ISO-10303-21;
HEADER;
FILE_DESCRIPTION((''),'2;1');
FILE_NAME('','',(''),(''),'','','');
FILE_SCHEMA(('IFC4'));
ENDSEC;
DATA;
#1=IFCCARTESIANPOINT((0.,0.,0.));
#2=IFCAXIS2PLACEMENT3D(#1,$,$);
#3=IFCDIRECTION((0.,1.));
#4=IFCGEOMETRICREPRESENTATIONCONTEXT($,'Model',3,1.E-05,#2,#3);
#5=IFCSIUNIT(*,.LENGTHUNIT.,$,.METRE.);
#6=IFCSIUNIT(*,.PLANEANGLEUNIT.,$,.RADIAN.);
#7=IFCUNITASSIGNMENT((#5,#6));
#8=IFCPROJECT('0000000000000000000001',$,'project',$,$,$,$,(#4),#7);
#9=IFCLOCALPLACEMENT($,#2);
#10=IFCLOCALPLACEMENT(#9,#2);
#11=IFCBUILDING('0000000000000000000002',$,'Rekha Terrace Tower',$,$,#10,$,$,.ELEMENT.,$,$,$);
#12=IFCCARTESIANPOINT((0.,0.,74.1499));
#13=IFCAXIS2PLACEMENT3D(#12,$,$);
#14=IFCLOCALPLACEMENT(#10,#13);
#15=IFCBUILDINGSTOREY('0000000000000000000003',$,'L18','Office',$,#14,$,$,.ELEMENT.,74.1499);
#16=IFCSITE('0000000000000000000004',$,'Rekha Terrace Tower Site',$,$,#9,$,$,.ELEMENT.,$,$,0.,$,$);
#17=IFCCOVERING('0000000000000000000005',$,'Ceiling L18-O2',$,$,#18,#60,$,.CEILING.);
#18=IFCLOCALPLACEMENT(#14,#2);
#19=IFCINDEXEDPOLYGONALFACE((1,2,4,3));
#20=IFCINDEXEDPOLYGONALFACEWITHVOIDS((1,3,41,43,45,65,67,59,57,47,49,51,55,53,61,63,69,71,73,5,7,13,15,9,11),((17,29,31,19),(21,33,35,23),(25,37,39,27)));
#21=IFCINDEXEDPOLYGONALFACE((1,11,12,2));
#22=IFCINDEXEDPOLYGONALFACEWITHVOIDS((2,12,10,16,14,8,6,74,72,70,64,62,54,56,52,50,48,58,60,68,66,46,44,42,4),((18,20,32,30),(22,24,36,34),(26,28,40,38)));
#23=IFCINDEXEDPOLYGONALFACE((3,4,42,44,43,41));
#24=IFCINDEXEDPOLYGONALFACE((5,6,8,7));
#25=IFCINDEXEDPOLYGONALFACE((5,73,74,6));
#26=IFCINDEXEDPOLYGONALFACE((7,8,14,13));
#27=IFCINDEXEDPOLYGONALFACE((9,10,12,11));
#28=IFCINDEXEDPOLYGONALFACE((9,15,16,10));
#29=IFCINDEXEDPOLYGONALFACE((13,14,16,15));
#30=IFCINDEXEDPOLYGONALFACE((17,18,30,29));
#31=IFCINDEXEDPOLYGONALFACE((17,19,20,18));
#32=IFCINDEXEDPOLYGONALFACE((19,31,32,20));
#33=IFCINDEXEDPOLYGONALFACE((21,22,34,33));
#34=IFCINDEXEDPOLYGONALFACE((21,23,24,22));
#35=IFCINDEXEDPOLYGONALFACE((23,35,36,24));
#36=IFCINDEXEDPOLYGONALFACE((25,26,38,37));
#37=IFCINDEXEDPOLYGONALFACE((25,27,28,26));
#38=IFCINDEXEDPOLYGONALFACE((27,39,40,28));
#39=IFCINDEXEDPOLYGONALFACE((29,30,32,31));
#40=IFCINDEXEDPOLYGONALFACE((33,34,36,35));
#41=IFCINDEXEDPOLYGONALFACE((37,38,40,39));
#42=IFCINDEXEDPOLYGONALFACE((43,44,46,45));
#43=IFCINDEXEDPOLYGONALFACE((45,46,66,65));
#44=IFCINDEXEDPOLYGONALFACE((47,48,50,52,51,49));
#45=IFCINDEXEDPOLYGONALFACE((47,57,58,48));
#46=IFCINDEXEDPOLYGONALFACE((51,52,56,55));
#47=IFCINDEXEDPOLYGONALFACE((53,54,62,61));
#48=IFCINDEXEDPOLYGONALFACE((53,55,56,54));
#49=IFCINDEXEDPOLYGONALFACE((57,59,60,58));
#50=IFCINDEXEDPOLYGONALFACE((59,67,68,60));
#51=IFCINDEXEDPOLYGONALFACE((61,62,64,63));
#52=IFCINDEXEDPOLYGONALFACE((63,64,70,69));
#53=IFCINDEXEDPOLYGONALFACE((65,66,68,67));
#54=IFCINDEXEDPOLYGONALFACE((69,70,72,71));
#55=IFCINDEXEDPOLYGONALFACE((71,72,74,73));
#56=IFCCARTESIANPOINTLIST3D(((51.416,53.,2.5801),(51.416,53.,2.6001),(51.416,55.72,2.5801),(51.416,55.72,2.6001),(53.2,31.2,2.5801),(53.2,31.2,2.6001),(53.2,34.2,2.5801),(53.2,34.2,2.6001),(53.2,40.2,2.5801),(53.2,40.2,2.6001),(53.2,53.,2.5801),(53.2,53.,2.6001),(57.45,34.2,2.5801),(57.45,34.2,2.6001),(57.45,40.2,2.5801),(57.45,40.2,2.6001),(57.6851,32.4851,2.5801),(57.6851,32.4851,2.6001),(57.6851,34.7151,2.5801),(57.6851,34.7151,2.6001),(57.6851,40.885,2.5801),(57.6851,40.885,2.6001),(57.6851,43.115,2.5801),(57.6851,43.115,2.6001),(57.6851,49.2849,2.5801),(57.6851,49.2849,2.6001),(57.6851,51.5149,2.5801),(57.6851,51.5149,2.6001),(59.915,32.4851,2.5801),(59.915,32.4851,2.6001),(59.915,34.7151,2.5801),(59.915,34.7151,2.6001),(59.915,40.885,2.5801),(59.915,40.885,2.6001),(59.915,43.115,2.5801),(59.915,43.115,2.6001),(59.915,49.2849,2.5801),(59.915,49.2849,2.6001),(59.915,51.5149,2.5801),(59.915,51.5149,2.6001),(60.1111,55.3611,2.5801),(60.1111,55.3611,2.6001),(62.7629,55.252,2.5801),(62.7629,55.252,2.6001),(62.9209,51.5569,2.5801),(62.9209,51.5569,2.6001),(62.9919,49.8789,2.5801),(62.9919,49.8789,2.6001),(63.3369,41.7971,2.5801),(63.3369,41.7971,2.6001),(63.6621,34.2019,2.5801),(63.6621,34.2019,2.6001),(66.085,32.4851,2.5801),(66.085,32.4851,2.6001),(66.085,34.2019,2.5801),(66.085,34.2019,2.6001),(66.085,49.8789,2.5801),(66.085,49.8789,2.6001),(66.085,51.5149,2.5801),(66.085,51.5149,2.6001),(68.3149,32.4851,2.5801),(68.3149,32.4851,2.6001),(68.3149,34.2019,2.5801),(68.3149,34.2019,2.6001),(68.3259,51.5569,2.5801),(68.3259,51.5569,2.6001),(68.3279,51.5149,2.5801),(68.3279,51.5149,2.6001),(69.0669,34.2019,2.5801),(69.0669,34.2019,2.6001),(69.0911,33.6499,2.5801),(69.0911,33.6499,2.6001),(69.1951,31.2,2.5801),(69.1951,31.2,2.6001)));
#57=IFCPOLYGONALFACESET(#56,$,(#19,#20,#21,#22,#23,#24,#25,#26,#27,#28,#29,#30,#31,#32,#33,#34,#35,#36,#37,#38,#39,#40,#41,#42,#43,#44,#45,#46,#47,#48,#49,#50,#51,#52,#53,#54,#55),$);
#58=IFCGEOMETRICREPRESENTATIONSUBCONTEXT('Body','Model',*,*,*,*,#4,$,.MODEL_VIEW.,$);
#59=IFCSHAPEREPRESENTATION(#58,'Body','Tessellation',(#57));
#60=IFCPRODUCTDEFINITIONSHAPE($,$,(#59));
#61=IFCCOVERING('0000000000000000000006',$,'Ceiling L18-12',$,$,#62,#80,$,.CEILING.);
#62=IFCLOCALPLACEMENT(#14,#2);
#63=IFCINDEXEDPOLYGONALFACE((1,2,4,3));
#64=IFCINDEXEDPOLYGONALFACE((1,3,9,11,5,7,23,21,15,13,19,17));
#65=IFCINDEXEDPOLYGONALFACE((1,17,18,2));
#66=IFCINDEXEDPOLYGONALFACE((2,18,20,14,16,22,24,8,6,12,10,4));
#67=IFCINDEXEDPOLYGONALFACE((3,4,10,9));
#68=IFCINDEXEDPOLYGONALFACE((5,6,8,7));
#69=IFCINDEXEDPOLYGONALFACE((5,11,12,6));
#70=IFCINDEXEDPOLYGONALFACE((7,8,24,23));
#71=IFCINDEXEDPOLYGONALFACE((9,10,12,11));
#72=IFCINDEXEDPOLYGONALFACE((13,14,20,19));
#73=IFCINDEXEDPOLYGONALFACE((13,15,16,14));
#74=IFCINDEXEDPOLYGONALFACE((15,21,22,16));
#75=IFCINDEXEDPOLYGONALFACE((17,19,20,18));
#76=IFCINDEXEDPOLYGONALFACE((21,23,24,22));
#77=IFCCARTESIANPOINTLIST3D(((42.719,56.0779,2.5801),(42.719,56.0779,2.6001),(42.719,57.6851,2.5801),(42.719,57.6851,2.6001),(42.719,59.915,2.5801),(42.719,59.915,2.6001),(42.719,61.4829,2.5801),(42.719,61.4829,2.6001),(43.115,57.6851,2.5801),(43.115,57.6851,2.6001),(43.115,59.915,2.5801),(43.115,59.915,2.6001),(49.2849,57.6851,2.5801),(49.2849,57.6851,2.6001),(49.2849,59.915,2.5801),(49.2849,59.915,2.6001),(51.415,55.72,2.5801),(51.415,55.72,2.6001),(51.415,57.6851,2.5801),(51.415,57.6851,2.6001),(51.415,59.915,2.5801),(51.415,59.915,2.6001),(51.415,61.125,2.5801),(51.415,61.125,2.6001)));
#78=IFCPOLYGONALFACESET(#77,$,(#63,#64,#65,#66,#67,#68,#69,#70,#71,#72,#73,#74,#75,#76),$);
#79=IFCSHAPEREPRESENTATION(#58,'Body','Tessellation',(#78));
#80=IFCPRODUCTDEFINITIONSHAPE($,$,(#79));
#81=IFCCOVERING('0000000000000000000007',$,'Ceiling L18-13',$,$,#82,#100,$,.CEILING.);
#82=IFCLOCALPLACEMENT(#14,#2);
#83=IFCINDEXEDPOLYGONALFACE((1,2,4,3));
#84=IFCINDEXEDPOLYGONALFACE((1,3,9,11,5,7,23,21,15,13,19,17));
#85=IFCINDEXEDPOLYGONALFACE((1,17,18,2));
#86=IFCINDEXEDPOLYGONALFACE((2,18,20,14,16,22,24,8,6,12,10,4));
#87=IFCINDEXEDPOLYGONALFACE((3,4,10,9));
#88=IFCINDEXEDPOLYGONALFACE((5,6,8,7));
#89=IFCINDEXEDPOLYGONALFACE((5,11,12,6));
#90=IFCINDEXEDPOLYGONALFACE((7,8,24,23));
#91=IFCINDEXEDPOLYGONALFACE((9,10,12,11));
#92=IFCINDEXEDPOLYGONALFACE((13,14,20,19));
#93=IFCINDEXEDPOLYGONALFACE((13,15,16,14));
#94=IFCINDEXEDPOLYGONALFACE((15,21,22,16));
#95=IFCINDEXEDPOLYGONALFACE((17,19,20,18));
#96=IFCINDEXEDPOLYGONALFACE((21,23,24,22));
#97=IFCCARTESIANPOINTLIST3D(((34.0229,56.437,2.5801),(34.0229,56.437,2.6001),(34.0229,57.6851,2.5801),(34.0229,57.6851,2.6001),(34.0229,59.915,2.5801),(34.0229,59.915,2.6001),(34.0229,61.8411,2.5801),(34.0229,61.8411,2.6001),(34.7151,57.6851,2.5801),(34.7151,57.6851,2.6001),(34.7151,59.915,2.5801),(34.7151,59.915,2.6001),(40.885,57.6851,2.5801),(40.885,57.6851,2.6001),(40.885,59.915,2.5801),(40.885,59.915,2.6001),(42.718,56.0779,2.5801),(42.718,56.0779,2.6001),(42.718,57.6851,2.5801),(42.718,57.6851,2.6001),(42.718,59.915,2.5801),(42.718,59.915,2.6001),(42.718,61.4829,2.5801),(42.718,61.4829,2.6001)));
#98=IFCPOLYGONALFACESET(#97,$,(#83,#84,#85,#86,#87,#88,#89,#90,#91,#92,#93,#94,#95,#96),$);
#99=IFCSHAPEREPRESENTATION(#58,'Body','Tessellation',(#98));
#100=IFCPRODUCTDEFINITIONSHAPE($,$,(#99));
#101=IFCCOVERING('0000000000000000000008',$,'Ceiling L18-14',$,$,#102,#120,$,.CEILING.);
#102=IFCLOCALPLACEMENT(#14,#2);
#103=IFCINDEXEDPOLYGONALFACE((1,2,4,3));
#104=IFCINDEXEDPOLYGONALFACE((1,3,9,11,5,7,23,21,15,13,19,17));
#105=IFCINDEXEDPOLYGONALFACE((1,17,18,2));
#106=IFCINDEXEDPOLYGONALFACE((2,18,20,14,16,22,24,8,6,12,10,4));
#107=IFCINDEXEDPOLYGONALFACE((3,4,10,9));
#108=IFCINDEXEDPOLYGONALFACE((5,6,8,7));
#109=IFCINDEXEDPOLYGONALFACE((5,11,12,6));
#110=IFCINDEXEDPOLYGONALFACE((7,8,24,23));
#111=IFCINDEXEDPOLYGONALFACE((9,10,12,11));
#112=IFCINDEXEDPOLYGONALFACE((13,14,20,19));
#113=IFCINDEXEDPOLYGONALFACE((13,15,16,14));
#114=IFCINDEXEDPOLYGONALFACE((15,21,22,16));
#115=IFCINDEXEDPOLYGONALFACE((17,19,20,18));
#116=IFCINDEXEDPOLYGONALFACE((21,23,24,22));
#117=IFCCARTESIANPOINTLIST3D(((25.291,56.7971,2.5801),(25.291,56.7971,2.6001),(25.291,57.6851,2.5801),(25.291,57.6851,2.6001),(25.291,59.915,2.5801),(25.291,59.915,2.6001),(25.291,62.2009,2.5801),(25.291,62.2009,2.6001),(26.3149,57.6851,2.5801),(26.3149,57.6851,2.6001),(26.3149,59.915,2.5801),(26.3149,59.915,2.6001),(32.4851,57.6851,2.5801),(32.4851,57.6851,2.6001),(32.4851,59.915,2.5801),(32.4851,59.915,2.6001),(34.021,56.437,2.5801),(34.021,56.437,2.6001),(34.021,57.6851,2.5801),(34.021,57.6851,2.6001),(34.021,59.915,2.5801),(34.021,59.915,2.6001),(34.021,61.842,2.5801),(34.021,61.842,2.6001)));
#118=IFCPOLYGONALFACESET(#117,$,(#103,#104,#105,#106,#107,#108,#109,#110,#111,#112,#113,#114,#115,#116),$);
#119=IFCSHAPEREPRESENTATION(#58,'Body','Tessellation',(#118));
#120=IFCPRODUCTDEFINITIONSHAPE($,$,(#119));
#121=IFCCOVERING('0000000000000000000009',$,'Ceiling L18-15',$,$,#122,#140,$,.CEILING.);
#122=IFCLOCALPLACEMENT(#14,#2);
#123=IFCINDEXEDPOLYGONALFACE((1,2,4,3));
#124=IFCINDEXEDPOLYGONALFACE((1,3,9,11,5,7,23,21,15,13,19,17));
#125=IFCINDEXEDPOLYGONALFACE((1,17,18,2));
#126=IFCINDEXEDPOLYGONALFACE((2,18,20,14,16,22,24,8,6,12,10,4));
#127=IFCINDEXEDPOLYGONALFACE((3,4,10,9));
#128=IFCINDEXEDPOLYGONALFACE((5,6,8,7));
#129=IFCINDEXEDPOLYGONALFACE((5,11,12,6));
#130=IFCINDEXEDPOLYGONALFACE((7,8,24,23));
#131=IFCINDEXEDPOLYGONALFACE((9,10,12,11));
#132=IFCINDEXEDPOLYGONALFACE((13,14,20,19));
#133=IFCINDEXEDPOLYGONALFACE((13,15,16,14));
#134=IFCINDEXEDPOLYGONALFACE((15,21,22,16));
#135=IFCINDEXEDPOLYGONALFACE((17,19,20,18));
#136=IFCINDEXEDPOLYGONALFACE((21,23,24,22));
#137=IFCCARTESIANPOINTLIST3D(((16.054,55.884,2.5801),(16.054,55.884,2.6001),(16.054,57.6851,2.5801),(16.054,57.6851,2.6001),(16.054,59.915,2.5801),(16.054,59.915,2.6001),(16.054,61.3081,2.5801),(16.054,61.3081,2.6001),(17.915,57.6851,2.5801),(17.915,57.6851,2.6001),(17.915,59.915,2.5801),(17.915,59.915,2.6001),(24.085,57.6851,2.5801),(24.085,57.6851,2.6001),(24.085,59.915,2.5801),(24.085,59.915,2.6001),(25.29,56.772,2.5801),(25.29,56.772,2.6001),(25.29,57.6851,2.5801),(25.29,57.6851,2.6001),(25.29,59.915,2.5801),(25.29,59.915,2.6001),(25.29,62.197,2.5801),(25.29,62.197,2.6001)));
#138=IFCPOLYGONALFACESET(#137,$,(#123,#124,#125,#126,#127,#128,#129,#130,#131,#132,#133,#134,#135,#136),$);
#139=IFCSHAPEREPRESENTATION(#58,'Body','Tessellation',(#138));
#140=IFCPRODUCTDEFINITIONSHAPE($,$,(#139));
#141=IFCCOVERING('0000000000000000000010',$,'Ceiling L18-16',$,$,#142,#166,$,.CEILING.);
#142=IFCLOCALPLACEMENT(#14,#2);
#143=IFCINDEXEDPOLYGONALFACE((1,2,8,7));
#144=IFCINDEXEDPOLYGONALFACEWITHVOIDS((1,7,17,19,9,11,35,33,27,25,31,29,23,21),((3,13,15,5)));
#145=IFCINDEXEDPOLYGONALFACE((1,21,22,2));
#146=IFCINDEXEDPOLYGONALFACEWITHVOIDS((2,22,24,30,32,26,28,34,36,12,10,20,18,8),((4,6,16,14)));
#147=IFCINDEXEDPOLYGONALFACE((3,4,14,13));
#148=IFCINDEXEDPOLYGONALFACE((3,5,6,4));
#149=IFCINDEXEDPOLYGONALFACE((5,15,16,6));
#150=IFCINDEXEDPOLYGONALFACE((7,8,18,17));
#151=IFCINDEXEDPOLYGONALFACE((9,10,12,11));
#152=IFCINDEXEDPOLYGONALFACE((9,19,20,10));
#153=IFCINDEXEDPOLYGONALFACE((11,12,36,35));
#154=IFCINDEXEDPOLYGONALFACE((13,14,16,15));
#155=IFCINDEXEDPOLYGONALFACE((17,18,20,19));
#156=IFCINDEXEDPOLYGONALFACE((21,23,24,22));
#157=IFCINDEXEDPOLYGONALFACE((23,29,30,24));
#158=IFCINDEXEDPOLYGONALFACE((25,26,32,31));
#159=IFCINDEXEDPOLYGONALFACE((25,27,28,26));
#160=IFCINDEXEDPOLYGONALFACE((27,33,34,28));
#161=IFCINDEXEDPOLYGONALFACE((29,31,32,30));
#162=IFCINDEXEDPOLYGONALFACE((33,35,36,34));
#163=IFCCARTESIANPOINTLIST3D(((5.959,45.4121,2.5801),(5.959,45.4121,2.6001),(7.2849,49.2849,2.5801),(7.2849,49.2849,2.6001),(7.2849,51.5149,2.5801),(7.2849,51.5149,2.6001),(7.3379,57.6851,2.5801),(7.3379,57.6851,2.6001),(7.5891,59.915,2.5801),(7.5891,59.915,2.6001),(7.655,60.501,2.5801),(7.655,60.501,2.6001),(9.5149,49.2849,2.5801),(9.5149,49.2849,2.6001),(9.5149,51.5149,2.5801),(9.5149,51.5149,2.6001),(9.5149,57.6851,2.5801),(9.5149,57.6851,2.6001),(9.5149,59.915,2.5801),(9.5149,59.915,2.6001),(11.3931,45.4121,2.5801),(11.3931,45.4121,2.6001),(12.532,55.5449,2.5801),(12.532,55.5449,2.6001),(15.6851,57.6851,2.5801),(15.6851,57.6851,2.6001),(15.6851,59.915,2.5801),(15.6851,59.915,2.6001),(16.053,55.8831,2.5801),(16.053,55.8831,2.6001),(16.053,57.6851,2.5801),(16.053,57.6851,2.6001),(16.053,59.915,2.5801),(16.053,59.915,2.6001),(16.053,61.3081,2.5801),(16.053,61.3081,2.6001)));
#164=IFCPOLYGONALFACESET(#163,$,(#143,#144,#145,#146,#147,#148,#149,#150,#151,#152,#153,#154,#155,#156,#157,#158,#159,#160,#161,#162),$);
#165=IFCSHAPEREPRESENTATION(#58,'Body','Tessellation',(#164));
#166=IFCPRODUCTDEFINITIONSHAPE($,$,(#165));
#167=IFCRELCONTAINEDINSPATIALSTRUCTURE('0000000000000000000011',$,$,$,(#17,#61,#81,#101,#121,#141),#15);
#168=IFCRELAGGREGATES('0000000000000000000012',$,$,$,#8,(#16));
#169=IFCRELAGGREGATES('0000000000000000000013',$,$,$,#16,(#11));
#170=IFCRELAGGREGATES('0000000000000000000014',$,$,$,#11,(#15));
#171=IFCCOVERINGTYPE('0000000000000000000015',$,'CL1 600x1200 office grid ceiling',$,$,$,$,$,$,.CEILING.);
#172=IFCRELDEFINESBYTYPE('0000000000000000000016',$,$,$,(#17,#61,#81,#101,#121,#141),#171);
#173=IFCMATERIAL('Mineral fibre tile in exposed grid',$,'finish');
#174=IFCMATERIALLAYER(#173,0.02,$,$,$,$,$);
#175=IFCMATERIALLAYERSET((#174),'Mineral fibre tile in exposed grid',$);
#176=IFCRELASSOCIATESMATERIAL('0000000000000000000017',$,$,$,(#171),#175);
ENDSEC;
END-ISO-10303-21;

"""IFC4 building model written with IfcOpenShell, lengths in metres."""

from ifc_helpers import new_model, si_unit, direction, frame, origin, place, context, subcontext, project, spatial, polyline, outline, extrude, material, layer, layer_set, type_object, element, save


model = new_model("IFC4")

# Units and contexts
model_context = context("Model", 3, precision=1e-05, world=origin(), true_north=direction((0.0, 1.0)))
body_context = subcontext(model_context, "Body", "Model", "MODEL_VIEW")
ifc_project = project(units=[si_unit("LENGTHUNIT", "METRE"), si_unit("PLANEANGLEUNIT", "RADIAN")], contexts=[model_context])

# Site, building, storey
site_placement = place(None, origin())
site = spatial("IfcSite", under=ifc_project, at=site_placement, Name="Rekha Terrace Tower Site", CompositionType="ELEMENT", RefElevation=0.0)
building_placement = place(site_placement, origin())
building = spatial("IfcBuilding", under=site, at=building_placement, Name="Rekha Terrace Tower", CompositionType="ELEMENT")
storey_placement = place(building_placement, frame((0.0, 0.0, 74.1499)))
storey = spatial("IfcBuildingStorey", under=building, at=storey_placement, Name="L18", Description="Office", CompositionType="ELEMENT", Elevation=74.1499)

# Coverings
ifc_material_1 = material(Name="Mineral fibre tile in exposed grid", Category="finish")
ifc_layer_1 = layer(ifc_material_1, 0.02)
ifc_layer_set_1 = layer_set([ifc_layer_1], Name="Mineral fibre tile in exposed grid")
covering_type_1 = type_object("IfcCoveringType", Name="CL1 600x1200 office grid ceiling", PredefinedType="CEILING", material=ifc_layer_set_1)
covering_1_placement = place(storey_placement, frame((0.0, 0.0, 2.5801)))
element("IfcCovering", 1, at=covering_1_placement, inside=storey, type_object=covering_type_1, Name="Ceiling L18-O2", PredefinedType="CEILING", context=body_context, shape_type="SweptSolid", body=[
    extrude(outline(polyline([(62.7629, 55.252), (60.1111, 55.3611), (51.416, 55.72), (51.416, 53.0), (53.2, 53.0), (53.2, 40.2), (57.45, 40.2), (57.45, 34.2), (53.2, 34.2), (53.2, 31.2), (69.1951, 31.2), (69.0911, 33.6499), (69.0669, 34.2019), (68.3149, 34.2019), (68.3149, 32.4851), (66.085, 32.4851), (66.085, 34.2019), (63.6621, 34.2019), (63.3369, 41.7971), (62.9919, 49.8789), (66.085, 49.8789), (66.085, 51.5149), (68.3279, 51.5149), (68.3259, 51.5569), (62.9209, 51.5569), (62.7629, 55.252)]), holes=[polyline([(59.915, 32.4851), (57.6851, 32.4851), (57.6851, 34.7151), (59.915, 34.7151), (59.915, 32.4851)]), polyline([(59.915, 40.885), (57.6851, 40.885), (57.6851, 43.115), (59.915, 43.115), (59.915, 40.885)]), polyline([(59.915, 49.2849), (57.6851, 49.2849), (57.6851, 51.5149), (59.915, 51.5149), (59.915, 49.2849)])]), origin(), (0.0, 0.0, 1.0), 0.02),
])
covering_2_placement = place(storey_placement, frame((0.0, 0.0, 2.5801)))
element("IfcCovering", 2, at=covering_2_placement, inside=storey, type_object=covering_type_1, Name="Ceiling L18-12", PredefinedType="CEILING", context=body_context, shape_type="SweptSolid", body=[
    extrude(outline(polyline([(51.415, 59.915), (51.415, 61.125), (42.719, 61.4829), (42.719, 59.915), (43.115, 59.915), (43.115, 57.6851), (42.719, 57.6851), (42.719, 56.0779), (51.415, 55.72), (51.415, 57.6851), (49.2849, 57.6851), (49.2849, 59.915), (51.415, 59.915)])), origin(), (0.0, 0.0, 1.0), 0.02),
])
covering_3_placement = place(storey_placement, frame((0.0, 0.0, 2.5801)))
element("IfcCovering", 3, at=covering_3_placement, inside=storey, type_object=covering_type_1, Name="Ceiling L18-13", PredefinedType="CEILING", context=body_context, shape_type="SweptSolid", body=[
    extrude(outline(polyline([(42.718, 59.915), (42.718, 61.4829), (34.0229, 61.8411), (34.0229, 59.915), (34.7151, 59.915), (34.7151, 57.6851), (34.0229, 57.6851), (34.0229, 56.437), (42.718, 56.0779), (42.718, 57.6851), (40.885, 57.6851), (40.885, 59.915), (42.718, 59.915)])), origin(), (0.0, 0.0, 1.0), 0.02),
])
covering_4_placement = place(storey_placement, frame((0.0, 0.0, 2.5801)))
element("IfcCovering", 4, at=covering_4_placement, inside=storey, type_object=covering_type_1, Name="Ceiling L18-14", PredefinedType="CEILING", context=body_context, shape_type="SweptSolid", body=[
    extrude(outline(polyline([(34.021, 59.915), (34.021, 61.842), (25.291, 62.2009), (25.291, 59.915), (26.3149, 59.915), (26.3149, 57.6851), (25.291, 57.6851), (25.291, 56.7971), (34.021, 56.437), (34.021, 57.6851), (32.4851, 57.6851), (32.4851, 59.915), (34.021, 59.915)])), origin(), (0.0, 0.0, 1.0), 0.02),
])
covering_5_placement = place(storey_placement, frame((0.0, 0.0, 2.5801)))
element("IfcCovering", 5, at=covering_5_placement, inside=storey, type_object=covering_type_1, Name="Ceiling L18-15", PredefinedType="CEILING", context=body_context, shape_type="SweptSolid", body=[
    extrude(outline(polyline([(25.29, 59.915), (25.29, 62.197), (16.054, 61.3081), (16.054, 59.915), (17.915, 59.915), (17.915, 57.6851), (16.054, 57.6851), (16.054, 55.884), (25.29, 56.772), (25.29, 57.6851), (24.085, 57.6851), (24.085, 59.915), (25.29, 59.915)])), origin(), (0.0, 0.0, 1.0), 0.02),
])
covering_6_placement = place(storey_placement, frame((0.0, 0.0, 2.5801)))
element("IfcCovering", 6, at=covering_6_placement, inside=storey, type_object=covering_type_1, Name="Ceiling L18-16", PredefinedType="CEILING", context=body_context, shape_type="SweptSolid", body=[
    extrude(outline(polyline([(16.053, 59.915), (16.053, 61.3081), (7.655, 60.501), (7.5891, 59.915), (9.5149, 59.915), (9.5149, 57.6851), (7.3379, 57.6851), (5.959, 45.4121), (11.3931, 45.4121), (12.532, 55.5449), (16.053, 55.8831), (16.053, 57.6851), (15.6851, 57.6851), (15.6851, 59.915), (16.053, 59.915)]), holes=[polyline([(9.5149, 51.5149), (9.5149, 49.2849), (7.2849, 49.2849), (7.2849, 51.5149), (9.5149, 51.5149)])]), origin(), (0.0, 0.0, 1.0), 0.02),
])

save(model, "model.ifc")
